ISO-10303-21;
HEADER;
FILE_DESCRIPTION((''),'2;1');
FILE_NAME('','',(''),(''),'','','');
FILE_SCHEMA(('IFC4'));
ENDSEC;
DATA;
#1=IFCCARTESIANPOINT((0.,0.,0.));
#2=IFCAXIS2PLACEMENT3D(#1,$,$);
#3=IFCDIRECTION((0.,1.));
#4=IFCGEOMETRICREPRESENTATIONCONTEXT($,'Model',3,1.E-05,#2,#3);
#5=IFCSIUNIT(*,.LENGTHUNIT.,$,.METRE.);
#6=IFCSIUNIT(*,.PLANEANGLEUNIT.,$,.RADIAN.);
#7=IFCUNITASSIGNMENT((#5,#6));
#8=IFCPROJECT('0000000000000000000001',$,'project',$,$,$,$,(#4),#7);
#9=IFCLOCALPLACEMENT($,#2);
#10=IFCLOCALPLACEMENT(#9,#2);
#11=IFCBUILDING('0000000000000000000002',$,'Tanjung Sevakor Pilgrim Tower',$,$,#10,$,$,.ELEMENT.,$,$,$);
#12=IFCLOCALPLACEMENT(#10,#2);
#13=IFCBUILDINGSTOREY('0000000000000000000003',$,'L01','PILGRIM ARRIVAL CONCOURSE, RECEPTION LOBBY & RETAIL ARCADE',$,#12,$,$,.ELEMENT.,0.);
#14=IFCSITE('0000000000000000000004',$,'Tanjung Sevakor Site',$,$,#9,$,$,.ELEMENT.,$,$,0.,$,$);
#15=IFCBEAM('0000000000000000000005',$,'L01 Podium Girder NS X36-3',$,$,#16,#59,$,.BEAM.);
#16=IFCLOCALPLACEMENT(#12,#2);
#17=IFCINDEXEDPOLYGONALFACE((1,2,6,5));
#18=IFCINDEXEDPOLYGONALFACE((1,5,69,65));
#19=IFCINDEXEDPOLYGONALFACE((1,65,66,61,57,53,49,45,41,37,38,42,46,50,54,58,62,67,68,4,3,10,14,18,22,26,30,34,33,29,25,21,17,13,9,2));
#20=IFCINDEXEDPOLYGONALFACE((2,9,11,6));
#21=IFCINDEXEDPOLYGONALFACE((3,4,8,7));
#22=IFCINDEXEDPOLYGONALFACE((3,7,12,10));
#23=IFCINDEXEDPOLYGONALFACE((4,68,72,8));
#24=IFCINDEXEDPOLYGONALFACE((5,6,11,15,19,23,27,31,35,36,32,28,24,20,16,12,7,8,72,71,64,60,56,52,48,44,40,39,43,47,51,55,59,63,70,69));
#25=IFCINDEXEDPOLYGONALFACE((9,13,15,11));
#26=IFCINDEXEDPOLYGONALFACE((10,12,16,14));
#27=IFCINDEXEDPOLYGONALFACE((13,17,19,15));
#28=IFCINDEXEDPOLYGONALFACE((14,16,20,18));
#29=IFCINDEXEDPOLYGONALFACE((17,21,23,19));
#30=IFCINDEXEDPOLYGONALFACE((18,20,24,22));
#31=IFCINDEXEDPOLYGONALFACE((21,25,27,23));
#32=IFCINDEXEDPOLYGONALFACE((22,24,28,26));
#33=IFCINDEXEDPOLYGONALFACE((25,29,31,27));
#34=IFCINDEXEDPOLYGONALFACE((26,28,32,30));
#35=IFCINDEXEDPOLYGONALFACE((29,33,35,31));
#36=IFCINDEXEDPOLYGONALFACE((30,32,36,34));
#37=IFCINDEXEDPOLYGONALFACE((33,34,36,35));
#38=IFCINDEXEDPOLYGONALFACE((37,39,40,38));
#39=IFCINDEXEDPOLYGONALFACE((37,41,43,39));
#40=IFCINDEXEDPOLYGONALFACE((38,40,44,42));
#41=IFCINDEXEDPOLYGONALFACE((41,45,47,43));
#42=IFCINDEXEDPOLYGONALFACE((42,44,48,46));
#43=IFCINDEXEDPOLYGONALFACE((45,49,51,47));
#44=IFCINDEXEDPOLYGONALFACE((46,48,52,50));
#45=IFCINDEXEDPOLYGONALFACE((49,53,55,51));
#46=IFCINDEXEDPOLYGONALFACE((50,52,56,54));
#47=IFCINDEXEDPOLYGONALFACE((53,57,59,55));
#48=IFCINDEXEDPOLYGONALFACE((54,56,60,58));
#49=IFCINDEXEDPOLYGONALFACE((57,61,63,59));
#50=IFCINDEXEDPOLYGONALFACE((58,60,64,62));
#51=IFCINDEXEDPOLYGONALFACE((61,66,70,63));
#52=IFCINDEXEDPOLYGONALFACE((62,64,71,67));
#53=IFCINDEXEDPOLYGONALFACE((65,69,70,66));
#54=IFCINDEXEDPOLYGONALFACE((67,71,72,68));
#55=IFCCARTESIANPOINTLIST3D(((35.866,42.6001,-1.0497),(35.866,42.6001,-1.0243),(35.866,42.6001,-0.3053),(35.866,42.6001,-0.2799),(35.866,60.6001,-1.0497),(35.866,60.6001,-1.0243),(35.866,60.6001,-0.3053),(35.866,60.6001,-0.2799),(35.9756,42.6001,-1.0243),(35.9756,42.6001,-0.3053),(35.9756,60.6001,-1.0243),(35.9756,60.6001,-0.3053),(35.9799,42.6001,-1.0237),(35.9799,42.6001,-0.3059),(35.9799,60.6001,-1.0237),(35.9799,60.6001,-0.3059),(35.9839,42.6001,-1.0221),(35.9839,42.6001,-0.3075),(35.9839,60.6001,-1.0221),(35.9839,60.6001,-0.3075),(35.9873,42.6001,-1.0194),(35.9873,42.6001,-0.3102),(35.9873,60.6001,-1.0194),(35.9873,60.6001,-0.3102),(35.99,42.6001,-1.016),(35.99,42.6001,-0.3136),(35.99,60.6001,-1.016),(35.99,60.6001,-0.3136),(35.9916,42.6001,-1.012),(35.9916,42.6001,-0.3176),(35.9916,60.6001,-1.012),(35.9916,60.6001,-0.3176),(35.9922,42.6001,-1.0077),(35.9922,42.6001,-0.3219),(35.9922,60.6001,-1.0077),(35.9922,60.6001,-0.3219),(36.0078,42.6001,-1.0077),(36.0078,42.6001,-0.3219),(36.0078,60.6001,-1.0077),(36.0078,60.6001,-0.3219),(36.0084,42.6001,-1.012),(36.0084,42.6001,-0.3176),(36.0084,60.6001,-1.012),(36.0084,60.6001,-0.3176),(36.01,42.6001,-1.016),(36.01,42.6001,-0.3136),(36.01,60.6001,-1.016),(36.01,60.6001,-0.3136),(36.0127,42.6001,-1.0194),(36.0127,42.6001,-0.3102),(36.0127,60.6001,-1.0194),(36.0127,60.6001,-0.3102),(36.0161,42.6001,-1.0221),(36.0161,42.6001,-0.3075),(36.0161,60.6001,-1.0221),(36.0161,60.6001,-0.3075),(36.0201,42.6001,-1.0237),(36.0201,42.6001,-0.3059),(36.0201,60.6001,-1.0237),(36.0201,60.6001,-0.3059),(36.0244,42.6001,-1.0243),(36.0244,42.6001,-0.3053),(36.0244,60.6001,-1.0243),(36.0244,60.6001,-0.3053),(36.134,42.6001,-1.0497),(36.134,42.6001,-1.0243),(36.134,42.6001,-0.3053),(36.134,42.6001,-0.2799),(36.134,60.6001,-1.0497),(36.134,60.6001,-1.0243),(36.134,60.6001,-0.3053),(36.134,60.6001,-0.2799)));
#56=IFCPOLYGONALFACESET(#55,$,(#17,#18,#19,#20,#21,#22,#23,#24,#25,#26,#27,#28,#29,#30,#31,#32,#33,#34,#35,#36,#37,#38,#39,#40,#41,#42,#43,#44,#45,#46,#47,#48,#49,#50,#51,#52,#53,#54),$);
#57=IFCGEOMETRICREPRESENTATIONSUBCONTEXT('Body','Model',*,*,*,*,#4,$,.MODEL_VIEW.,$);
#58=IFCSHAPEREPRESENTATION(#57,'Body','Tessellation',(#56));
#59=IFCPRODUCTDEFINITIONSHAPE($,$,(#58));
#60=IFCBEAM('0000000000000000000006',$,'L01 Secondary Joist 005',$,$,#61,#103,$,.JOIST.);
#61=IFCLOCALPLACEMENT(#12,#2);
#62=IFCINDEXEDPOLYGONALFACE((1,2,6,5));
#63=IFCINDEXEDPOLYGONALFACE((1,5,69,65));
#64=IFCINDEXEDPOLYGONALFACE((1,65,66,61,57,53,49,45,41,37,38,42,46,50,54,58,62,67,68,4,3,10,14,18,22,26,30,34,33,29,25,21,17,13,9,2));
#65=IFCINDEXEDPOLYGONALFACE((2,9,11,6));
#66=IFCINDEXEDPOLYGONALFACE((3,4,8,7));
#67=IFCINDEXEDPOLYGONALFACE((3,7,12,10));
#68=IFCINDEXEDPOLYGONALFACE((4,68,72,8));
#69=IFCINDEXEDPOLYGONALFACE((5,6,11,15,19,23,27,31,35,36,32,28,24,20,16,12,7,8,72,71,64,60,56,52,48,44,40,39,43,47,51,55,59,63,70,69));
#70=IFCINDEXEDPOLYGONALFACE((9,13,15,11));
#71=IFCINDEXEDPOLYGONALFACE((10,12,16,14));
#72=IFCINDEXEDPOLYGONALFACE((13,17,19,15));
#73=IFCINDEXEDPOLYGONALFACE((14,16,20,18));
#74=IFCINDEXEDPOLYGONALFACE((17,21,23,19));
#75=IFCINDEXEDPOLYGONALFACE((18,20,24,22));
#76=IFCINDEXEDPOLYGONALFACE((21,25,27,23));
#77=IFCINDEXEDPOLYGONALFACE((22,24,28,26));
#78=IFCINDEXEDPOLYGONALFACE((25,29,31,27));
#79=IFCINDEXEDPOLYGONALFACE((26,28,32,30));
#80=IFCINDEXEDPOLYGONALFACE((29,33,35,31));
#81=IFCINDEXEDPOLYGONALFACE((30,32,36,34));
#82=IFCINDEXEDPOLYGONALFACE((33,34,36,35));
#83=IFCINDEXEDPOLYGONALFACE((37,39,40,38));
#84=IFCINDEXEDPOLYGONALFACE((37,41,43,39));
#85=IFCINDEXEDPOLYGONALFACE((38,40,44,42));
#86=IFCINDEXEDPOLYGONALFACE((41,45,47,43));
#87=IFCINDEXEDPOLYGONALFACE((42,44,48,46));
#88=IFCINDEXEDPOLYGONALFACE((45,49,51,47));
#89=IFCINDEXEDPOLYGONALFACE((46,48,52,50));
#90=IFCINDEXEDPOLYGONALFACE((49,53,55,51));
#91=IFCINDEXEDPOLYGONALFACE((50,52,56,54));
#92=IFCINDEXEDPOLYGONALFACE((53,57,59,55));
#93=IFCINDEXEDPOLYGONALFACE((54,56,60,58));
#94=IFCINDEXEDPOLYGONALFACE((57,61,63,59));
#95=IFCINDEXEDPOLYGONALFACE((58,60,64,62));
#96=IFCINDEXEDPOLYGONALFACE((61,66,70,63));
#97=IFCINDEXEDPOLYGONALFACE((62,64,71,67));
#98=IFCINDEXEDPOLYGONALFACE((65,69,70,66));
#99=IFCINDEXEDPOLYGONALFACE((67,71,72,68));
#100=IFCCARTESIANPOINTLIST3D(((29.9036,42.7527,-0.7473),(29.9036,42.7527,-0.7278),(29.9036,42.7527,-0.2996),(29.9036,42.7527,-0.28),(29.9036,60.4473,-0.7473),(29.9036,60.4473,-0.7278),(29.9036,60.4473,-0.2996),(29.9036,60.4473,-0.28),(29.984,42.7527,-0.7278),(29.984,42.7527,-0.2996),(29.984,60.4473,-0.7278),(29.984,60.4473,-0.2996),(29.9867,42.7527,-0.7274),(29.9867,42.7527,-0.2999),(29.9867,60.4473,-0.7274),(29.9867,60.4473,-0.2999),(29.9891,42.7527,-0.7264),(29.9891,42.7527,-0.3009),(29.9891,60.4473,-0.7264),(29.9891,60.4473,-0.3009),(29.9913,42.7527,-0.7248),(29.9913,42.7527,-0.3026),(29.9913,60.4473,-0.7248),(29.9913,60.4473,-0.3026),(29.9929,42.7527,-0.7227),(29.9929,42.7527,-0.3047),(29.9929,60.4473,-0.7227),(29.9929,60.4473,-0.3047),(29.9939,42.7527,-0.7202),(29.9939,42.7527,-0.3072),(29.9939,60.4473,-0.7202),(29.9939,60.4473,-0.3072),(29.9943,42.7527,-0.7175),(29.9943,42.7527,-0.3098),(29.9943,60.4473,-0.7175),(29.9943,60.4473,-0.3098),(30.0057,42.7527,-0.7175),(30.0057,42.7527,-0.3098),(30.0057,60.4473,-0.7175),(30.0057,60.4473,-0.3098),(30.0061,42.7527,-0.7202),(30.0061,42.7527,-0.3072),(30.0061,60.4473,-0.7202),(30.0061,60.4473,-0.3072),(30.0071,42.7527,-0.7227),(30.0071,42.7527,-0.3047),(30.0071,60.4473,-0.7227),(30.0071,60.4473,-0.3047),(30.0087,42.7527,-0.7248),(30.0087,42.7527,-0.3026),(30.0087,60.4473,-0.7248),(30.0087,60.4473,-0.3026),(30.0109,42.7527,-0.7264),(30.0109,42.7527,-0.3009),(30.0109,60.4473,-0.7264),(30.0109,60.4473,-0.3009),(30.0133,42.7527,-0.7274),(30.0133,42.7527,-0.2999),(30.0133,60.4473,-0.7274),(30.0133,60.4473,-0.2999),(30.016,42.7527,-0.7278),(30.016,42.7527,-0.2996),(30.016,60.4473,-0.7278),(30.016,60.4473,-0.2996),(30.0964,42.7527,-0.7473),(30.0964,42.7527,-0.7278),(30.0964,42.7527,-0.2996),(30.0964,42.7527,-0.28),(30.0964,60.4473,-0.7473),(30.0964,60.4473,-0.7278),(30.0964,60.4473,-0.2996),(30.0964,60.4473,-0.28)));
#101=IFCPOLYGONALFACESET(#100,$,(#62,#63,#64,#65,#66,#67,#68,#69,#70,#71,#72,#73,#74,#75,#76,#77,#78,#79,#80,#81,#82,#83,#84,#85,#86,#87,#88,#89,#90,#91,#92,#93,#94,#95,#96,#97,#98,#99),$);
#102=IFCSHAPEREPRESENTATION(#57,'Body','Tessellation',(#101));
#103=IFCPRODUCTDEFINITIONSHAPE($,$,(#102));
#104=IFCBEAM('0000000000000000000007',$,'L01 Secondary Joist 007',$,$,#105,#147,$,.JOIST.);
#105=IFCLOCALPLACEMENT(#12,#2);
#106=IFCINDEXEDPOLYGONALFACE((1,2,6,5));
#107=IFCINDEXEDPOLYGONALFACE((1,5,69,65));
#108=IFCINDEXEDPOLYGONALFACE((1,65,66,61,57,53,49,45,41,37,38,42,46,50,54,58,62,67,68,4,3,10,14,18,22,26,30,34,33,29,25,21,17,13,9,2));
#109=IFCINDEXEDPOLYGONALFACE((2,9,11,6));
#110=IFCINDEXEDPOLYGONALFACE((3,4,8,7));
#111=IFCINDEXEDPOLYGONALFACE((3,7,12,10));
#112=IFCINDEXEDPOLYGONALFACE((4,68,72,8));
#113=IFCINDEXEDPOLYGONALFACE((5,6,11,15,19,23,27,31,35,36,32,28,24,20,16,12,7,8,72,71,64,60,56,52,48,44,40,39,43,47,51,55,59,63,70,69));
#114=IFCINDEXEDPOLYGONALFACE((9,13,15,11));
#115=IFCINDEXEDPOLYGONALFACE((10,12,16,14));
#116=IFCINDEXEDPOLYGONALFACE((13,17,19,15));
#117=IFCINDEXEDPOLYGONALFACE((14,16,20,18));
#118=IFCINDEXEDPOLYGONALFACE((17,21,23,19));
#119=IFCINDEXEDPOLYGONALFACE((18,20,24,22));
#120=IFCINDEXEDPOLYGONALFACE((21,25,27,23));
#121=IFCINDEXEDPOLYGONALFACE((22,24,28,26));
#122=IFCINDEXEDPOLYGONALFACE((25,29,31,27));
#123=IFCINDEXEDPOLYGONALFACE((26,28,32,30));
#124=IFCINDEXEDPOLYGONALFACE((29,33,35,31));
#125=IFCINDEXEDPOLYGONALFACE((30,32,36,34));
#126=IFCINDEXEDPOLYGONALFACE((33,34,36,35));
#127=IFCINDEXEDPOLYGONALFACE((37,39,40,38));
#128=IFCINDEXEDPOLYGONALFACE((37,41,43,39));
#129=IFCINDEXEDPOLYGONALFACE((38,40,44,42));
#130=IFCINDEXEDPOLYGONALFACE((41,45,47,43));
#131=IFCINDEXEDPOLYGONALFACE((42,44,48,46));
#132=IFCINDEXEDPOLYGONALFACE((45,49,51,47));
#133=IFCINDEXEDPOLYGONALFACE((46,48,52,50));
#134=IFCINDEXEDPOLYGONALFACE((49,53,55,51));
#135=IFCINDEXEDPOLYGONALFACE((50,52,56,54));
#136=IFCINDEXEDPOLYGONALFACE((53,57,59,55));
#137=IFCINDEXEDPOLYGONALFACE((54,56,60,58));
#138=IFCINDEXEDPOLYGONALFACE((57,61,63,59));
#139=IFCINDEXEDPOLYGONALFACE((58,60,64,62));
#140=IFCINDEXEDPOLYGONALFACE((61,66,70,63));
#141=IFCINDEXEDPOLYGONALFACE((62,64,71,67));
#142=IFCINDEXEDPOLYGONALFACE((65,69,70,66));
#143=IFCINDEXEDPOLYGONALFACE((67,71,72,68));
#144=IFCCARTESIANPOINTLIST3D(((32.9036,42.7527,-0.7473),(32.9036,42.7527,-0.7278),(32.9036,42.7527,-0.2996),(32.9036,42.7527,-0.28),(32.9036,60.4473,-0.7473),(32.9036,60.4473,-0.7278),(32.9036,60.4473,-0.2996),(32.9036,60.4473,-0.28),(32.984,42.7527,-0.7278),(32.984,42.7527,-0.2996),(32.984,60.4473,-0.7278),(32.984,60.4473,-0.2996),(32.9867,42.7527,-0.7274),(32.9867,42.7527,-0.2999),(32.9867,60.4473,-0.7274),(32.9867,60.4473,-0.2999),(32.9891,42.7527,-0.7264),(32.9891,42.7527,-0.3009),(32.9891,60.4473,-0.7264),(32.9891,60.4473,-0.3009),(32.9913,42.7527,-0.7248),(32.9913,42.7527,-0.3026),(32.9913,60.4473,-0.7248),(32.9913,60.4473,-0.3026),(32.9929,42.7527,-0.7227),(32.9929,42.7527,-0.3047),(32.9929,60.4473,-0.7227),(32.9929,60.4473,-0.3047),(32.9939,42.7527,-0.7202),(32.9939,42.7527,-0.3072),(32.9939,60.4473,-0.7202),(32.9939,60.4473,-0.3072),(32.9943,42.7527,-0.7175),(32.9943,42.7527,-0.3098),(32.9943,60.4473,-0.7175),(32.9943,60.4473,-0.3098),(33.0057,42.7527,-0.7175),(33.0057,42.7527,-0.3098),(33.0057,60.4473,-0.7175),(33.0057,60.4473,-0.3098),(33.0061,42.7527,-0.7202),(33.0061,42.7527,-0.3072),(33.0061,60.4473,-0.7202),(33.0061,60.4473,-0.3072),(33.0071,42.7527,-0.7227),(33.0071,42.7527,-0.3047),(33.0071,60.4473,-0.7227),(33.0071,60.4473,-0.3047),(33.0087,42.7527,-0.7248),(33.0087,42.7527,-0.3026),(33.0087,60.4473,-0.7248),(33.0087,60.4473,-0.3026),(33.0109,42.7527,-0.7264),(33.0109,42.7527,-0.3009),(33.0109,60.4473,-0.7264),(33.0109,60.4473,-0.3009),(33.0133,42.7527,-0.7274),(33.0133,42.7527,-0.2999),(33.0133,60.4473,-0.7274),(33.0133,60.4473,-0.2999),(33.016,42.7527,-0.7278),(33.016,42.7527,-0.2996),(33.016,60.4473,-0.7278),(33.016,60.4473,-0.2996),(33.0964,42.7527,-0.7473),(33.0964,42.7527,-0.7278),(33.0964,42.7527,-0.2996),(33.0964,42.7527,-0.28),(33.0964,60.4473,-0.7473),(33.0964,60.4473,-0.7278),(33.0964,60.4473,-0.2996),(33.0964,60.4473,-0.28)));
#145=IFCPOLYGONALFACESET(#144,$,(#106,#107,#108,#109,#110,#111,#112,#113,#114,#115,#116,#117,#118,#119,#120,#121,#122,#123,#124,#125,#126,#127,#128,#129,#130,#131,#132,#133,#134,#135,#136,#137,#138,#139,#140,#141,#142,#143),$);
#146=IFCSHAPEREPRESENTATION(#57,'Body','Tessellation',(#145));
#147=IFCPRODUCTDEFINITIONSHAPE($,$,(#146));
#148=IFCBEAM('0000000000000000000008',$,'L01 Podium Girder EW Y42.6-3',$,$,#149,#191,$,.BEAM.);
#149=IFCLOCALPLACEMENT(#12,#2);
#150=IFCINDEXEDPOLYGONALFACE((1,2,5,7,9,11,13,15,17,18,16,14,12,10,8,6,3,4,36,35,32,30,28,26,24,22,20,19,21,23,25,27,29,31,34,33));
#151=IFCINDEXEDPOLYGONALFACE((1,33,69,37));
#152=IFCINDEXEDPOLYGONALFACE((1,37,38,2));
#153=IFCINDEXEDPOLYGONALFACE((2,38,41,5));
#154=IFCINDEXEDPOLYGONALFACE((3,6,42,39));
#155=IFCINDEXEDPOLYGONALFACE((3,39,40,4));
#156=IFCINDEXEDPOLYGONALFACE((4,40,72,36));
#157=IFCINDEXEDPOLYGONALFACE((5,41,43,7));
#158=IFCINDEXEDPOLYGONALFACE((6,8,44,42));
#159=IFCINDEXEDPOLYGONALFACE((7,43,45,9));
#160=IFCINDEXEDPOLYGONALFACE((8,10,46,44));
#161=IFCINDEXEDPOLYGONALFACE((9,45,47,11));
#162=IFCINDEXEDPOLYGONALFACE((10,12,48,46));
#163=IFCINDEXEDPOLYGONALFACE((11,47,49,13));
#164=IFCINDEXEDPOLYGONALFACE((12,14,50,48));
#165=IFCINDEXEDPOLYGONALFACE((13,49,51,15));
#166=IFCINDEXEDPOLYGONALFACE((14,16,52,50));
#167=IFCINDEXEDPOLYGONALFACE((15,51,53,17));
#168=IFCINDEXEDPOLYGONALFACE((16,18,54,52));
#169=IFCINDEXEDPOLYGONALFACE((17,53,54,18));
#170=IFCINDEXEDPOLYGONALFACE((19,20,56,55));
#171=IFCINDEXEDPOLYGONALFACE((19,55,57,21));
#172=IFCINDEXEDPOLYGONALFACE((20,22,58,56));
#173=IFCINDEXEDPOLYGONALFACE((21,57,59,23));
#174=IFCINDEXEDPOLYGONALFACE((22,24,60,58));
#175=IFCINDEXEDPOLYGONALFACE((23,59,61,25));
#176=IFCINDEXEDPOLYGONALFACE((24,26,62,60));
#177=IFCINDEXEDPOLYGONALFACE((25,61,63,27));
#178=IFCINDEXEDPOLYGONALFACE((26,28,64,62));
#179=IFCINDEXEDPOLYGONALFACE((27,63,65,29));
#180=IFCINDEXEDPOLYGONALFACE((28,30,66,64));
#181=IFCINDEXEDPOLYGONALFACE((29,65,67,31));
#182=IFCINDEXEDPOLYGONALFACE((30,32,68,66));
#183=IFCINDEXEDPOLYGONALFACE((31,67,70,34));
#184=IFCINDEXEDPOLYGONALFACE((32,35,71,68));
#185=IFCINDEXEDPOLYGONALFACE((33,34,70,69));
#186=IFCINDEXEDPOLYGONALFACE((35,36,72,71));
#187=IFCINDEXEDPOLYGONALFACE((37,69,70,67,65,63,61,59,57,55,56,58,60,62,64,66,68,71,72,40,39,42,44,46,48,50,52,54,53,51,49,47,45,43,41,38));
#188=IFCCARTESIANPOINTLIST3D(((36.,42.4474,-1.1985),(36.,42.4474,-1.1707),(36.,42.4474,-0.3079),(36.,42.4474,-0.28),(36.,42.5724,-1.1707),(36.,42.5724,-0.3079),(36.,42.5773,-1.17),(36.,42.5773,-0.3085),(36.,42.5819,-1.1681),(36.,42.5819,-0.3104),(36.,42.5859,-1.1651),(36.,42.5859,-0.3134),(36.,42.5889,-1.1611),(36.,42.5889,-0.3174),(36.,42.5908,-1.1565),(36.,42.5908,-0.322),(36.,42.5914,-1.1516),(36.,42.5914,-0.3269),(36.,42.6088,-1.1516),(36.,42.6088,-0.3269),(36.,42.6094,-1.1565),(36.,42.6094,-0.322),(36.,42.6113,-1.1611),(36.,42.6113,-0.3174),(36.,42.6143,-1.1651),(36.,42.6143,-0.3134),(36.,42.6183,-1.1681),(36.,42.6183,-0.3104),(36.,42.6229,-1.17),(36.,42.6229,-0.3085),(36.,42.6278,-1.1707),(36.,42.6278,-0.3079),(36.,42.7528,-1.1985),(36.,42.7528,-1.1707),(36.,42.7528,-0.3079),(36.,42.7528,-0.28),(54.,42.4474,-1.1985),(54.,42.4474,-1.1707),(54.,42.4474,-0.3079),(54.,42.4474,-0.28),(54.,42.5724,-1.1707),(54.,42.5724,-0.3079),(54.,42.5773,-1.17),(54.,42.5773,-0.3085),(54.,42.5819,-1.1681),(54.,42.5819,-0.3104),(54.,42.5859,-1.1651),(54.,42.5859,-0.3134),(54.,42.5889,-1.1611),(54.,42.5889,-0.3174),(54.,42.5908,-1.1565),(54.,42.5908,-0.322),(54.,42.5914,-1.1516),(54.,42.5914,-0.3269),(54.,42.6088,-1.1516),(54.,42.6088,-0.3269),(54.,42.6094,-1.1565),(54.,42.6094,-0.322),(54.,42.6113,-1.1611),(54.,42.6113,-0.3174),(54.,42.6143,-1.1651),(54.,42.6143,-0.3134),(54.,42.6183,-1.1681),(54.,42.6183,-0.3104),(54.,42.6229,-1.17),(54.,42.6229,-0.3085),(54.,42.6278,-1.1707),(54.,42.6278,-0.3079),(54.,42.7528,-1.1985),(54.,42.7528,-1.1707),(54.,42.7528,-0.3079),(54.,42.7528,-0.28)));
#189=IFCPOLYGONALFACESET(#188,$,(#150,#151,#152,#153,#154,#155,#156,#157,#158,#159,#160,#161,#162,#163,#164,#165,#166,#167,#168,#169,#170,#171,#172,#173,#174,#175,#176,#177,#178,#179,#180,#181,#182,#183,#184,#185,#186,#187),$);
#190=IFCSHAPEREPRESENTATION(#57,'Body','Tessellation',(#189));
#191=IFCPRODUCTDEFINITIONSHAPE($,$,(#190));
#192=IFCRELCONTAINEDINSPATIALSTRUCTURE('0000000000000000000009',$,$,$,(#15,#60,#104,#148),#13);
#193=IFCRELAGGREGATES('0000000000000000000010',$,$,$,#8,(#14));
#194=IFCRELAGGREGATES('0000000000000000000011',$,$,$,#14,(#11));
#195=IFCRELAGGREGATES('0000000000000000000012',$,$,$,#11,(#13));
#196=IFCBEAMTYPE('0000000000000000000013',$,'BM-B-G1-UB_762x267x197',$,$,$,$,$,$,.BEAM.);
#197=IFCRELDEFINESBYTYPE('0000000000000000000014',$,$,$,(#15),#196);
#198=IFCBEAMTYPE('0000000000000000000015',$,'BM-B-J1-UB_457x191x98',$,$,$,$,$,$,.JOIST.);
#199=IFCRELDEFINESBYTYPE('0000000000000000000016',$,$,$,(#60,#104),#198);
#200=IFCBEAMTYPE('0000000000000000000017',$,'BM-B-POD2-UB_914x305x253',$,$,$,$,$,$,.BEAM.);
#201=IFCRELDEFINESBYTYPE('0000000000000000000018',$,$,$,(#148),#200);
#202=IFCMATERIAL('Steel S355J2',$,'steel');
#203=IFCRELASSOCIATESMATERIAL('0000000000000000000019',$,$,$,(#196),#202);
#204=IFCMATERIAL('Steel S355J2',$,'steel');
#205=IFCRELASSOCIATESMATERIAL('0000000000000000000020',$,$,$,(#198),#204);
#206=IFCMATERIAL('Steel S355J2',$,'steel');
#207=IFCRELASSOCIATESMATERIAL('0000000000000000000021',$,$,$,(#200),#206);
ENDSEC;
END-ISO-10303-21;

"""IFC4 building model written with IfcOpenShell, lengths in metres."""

from ifc_helpers import new_model, si_unit, direction, frame, origin, origin_2d, place, context, subcontext, project, spatial, i_section, extrude, material, material_profile, profile_set, type_object, element, save


model = new_model("IFC4")

# Units and contexts
model_context = context("Model", 3, precision=1e-05, world=origin(), true_north=direction((0.0, 1.0)))
body_context = subcontext(model_context, "Body", "Model", "MODEL_VIEW")
ifc_project = project(units=[si_unit("LENGTHUNIT", "METRE"), si_unit("PLANEANGLEUNIT", "RADIAN")], contexts=[model_context])

# Site, building, storey
site_placement = place(None, origin())
site = spatial("IfcSite", under=ifc_project, at=site_placement, Name="Tanjung Sevakor Site", CompositionType="ELEMENT", RefElevation=0.0)
building_placement = place(site_placement, origin())
building = spatial("IfcBuilding", under=site, at=building_placement, Name="Tanjung Sevakor Pilgrim Tower", CompositionType="ELEMENT")
storey_placement = place(building_placement, origin())
storey = spatial("IfcBuildingStorey", under=building, at=storey_placement, Name="L01", Description="PILGRIM ARRIVAL CONCOURSE, RECEPTION LOBBY & RETAIL ARCADE", CompositionType="ELEMENT", Elevation=0.0)

# Beams
ifc_material_1 = material(Name="Steel S355J2", Category="steel")
ifc_material_profile_1 = material_profile(ifc_material_1, i_section(OverallWidth=0.2681, OverallDepth=0.7698, WebThickness=0.0156, FlangeThickness=0.0254, FilletRadius=0.0166, at=origin_2d()))
ifc_profile_set_1 = profile_set([ifc_material_profile_1], Name="Steel S355J2")
beam_type_1 = type_object("IfcBeamType", Name="BM-B-G1-UB_762x267x197", PredefinedType="BEAM", material=ifc_profile_set_1)
beam_1_placement = place(storey_placement, frame((36.0, 42.6001, -0.6648), z_axis=(0.0, 1.0, 0.0), x_axis=(-1.0, 0.0, 0.0)))
element("IfcBeam", 1, at=beam_1_placement, inside=storey, type_object=beam_type_1, Name="L01 Podium Girder NS X36-3", PredefinedType="BEAM", context=body_context, shape_type="SweptSolid", body=[
    extrude(i_section(OverallWidth=0.2681, OverallDepth=0.7698, WebThickness=0.0156, FlangeThickness=0.0254, FilletRadius=0.0166, at=origin_2d()), origin(), (0.0, 0.0, 1.0), 18.0),
])
ifc_material_2 = material(Name="Steel S355J2", Category="steel")
ifc_material_profile_2 = material_profile(ifc_material_2, i_section(OverallWidth=0.1929, OverallDepth=0.4673, WebThickness=0.0115, FlangeThickness=0.0195, FilletRadius=0.0103, at=origin_2d()))
ifc_profile_set_2 = profile_set([ifc_material_profile_2], Name="Steel S355J2")
beam_type_2 = type_object("IfcBeamType", Name="BM-B-J1-UB_457x191x98", PredefinedType="JOIST", material=ifc_profile_set_2)
for number, where, z_axis, x_axis, name in (
    (2, (30.0, 42.7527, -0.5137), (0.0, 1.0, 0.0), (-1.0, 0.0, 0.0), "L01 Secondary Joist 005"),
    (3, (33.0, 42.7527, -0.5137), (0.0, 1.0, 0.0), (-1.0, 0.0, 0.0), "L01 Secondary Joist 007"),
):
    element("IfcBeam", number, at=place(storey_placement, frame(where, z_axis=z_axis, x_axis=x_axis)), inside=storey, type_object=beam_type_2, Name=name, PredefinedType="JOIST", context=body_context, shape_type="SweptSolid", body=[
        extrude(i_section(OverallWidth=0.1929, OverallDepth=0.4673, WebThickness=0.0115, FlangeThickness=0.0195, FilletRadius=0.0103, at=origin_2d()), origin(), (0.0, 0.0, 1.0), 17.6946),
    ])
ifc_material_3 = material(Name="Steel S355J2", Category="steel")
ifc_material_profile_3 = material_profile(ifc_material_3, i_section(OverallWidth=0.3054, OverallDepth=0.9185, WebThickness=0.0173, FlangeThickness=0.0278, FilletRadius=0.019, at=origin_2d()))
ifc_profile_set_3 = profile_set([ifc_material_profile_3], Name="Steel S355J2")
beam_type_3 = type_object("IfcBeamType", Name="BM-B-POD2-UB_914x305x253", PredefinedType="BEAM", material=ifc_profile_set_3)
beam_2_placement = place(storey_placement, frame((36.0, 42.6001, -0.7393), z_axis=(1.0, 0.0, 0.0), x_axis=(0.0, 1.0, 0.0)))
element("IfcBeam", 4, at=beam_2_placement, inside=storey, type_object=beam_type_3, Name="L01 Podium Girder EW Y42.6-3", PredefinedType="BEAM", context=body_context, shape_type="SweptSolid", body=[
    extrude(i_section(OverallWidth=0.3054, OverallDepth=0.9185, WebThickness=0.0173, FlangeThickness=0.0278, FilletRadius=0.019, at=origin_2d()), origin(), (0.0, 0.0, 1.0), 18.0),
])

save(model, "model.ifc")
